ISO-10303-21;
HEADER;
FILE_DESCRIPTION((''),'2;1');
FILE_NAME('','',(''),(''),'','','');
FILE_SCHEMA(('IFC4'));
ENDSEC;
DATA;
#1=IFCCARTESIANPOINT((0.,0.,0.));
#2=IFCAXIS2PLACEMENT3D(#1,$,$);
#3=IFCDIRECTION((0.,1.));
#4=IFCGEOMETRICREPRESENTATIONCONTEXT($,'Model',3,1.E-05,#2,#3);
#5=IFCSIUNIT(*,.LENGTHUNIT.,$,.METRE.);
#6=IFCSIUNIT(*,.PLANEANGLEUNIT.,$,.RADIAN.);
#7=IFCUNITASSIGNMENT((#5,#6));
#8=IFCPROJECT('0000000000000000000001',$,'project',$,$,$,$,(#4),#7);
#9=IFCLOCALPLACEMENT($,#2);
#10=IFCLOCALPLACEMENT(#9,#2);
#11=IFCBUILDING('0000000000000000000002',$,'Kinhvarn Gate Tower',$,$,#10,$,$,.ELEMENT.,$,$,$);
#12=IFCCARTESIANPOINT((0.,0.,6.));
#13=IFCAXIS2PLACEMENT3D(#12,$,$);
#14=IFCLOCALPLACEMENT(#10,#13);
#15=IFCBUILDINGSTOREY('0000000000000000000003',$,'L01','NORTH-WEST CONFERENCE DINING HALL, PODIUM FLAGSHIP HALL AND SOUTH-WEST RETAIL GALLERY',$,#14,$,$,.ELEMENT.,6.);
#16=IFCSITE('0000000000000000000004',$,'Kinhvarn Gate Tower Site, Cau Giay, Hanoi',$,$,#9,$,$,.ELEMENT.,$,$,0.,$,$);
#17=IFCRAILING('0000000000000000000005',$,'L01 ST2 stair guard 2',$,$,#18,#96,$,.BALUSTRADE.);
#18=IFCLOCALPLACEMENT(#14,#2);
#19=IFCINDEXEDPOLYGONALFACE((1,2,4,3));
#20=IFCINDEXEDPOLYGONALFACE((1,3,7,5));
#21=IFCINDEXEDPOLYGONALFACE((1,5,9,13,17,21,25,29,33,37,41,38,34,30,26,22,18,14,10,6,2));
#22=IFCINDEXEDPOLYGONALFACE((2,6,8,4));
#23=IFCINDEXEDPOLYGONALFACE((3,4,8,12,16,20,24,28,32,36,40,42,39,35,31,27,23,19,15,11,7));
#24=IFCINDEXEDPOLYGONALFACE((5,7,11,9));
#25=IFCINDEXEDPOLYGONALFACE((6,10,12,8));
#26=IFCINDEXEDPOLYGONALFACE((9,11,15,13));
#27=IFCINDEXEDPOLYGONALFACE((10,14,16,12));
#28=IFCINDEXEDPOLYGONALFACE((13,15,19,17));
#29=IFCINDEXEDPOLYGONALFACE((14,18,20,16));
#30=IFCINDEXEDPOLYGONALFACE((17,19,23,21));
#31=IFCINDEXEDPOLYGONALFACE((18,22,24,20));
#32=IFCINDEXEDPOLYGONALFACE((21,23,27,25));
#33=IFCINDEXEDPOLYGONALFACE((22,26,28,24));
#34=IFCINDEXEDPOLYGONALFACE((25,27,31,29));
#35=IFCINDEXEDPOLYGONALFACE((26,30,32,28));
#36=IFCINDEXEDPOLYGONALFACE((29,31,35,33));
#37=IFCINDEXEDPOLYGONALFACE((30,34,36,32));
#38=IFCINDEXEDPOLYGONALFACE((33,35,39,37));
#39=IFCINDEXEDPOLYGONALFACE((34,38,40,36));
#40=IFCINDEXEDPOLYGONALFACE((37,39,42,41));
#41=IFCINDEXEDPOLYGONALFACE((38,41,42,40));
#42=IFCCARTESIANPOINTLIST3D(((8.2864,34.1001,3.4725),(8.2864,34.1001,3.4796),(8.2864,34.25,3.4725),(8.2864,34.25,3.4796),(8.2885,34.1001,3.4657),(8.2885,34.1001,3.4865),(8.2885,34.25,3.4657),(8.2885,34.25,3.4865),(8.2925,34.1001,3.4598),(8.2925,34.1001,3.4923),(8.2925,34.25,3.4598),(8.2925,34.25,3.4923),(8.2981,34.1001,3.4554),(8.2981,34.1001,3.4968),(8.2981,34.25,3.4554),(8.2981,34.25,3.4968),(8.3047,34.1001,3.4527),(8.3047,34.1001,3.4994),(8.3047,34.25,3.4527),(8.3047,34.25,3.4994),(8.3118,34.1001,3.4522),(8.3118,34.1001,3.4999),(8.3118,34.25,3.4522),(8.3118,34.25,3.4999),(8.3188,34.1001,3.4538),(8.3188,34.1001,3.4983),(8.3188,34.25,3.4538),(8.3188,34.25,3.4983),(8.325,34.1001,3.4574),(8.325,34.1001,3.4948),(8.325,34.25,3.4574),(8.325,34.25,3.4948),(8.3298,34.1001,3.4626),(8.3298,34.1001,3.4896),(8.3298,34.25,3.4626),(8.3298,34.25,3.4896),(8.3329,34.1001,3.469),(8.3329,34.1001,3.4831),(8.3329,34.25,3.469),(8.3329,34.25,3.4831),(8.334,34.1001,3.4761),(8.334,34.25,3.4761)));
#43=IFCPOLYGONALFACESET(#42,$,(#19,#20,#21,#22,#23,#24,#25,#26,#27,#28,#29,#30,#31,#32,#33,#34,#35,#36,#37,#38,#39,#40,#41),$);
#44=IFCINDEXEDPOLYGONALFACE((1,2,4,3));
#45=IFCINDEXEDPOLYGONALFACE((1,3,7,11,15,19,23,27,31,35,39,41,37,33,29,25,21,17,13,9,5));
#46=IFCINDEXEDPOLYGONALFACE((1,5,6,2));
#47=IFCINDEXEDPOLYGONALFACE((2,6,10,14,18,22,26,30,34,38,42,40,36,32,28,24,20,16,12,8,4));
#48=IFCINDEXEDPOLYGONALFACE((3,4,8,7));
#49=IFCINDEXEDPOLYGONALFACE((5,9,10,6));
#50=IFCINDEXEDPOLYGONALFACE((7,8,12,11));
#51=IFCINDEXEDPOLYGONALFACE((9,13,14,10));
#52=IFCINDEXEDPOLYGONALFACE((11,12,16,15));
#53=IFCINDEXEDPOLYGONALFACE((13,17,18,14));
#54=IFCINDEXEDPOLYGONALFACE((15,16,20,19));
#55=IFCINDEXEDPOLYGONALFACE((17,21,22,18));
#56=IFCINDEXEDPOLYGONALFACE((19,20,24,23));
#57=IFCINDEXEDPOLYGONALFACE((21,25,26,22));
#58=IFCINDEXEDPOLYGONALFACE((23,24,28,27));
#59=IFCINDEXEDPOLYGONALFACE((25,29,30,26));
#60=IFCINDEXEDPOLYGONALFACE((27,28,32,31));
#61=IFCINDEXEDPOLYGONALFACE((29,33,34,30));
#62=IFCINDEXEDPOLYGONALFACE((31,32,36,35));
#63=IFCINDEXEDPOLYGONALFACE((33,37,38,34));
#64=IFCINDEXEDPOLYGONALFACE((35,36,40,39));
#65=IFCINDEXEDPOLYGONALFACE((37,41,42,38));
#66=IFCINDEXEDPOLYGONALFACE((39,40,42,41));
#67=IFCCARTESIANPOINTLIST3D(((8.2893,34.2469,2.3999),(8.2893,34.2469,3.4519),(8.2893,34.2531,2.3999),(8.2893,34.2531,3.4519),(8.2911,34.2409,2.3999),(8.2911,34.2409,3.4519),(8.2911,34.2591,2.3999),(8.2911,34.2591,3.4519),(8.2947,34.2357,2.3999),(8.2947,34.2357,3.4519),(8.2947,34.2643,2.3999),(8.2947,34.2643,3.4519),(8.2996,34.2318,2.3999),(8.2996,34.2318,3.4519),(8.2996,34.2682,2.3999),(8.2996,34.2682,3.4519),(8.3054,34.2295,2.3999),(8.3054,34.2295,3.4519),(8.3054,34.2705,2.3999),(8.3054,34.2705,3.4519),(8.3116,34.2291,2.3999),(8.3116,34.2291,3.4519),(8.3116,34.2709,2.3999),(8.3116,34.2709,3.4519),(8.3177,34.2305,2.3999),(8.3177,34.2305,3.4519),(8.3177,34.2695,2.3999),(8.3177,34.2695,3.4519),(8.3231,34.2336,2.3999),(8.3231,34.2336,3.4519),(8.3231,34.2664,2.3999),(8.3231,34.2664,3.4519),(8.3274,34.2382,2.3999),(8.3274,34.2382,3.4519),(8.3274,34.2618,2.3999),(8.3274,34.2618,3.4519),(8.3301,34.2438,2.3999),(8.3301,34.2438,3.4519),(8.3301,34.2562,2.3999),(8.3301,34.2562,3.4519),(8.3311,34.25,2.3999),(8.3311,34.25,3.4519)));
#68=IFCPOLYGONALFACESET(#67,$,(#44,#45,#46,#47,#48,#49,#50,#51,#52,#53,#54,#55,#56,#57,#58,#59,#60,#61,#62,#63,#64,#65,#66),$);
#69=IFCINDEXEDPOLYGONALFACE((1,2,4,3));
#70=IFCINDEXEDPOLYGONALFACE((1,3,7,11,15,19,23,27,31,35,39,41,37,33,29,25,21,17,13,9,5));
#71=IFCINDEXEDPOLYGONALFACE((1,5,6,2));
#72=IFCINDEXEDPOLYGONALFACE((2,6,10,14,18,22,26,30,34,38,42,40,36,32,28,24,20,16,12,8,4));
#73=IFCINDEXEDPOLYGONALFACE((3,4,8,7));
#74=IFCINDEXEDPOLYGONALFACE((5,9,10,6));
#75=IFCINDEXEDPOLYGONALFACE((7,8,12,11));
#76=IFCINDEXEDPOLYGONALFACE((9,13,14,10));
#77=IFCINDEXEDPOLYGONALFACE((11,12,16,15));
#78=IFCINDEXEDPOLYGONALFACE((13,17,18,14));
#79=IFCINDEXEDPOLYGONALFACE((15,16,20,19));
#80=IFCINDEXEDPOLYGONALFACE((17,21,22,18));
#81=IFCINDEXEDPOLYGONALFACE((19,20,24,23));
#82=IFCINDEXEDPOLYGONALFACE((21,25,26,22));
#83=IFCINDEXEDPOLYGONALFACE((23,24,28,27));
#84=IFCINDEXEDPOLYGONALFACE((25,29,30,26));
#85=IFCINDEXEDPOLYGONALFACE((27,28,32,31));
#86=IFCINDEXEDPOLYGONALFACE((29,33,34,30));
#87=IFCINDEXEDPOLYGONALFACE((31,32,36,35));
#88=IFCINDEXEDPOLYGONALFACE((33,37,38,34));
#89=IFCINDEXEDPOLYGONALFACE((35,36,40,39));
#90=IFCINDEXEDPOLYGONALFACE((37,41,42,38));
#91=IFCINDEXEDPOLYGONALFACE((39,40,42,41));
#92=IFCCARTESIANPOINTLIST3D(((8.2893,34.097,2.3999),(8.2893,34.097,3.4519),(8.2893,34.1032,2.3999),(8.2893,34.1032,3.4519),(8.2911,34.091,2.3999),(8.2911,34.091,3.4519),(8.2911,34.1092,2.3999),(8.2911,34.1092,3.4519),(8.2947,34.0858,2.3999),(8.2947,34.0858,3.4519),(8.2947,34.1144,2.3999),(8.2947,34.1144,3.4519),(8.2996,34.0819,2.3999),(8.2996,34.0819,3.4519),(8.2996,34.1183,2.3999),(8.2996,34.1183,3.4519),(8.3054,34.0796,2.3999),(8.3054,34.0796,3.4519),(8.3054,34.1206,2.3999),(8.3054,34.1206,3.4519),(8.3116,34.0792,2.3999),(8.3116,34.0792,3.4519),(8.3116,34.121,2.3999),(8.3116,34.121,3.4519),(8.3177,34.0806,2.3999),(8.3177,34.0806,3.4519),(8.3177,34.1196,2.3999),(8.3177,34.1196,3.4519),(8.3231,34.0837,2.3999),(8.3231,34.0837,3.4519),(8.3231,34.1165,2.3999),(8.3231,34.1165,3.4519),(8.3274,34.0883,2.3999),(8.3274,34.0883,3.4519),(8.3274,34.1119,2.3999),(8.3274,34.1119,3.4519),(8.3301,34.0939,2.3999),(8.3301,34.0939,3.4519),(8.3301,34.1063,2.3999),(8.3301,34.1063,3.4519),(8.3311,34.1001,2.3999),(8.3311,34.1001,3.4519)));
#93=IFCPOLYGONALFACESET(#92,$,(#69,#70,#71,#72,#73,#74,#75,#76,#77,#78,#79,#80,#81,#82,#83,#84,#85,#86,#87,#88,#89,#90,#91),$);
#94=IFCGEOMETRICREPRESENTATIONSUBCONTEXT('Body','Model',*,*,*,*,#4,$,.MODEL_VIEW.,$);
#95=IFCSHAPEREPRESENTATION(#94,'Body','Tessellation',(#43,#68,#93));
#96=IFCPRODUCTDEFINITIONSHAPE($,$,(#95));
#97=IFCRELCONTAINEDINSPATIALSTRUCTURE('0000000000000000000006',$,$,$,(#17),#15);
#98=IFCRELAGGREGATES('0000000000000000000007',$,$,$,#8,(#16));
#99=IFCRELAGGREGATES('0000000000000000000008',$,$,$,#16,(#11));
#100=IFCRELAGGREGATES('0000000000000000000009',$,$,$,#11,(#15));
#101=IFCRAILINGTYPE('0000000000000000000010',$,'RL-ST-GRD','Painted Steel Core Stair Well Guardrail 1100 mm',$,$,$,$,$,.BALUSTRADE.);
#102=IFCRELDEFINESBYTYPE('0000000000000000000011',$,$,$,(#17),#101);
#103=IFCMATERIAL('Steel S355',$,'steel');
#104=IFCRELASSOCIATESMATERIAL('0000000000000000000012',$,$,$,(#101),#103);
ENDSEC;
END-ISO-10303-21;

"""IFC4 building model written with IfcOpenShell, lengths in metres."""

from ifc_helpers import new_model, si_unit, direction, frame, origin, origin_2d, place, context, subcontext, project, spatial, circle, extrude, material, type_object, element, save


model = new_model("IFC4")

# Units and contexts
model_context = context("Model", 3, precision=1e-05, world=origin(), true_north=direction((0.0, 1.0)))
body_context = subcontext(model_context, "Body", "Model", "MODEL_VIEW")
ifc_project = project(units=[si_unit("LENGTHUNIT", "METRE"), si_unit("PLANEANGLEUNIT", "RADIAN")], contexts=[model_context])

# Site, building, storey
site_placement = place(None, origin())
site = spatial("IfcSite", under=ifc_project, at=site_placement, Name="Kinhvarn Gate Tower Site, Cau Giay, Hanoi", CompositionType="ELEMENT", RefElevation=0.0)
building_placement = place(site_placement, origin())
building = spatial("IfcBuilding", under=site, at=building_placement, Name="Kinhvarn Gate Tower", CompositionType="ELEMENT")
storey_placement = place(building_placement, frame((0.0, 0.0, 6.0)))
storey = spatial("IfcBuildingStorey", under=building, at=storey_placement, Name="L01", Description="NORTH-WEST CONFERENCE DINING HALL, PODIUM FLAGSHIP HALL AND SOUTH-WEST RETAIL GALLERY", CompositionType="ELEMENT", Elevation=6.0)

# Shared definitions
ifc_material_1 = material(Name="Steel S355", Category="steel")

# Railing
railing_type = type_object("IfcRailingType", Name="RL-ST-GRD", Description="Painted Steel Core Stair Well Guardrail 1100 mm", PredefinedType="BALUSTRADE", material=ifc_material_1)
railing_1_placement = place(storey_placement, frame((8.3101, 34.25, 2.3999)))
element("IfcRailing", 1, at=railing_1_placement, inside=storey, type_object=railing_type, Name="L01 ST2 stair guard 2", PredefinedType="BALUSTRADE", context=body_context, shape_type="SweptSolid", body=[
    extrude(circle(Radius=0.0239, at=origin_2d()), frame((0.0, 0.0, 1.0762), z_axis=(0.0, -1.0, 0.0), x_axis=(1.0, 0.0, 0.0)), (0.0, 0.0, 1.0), 0.1499),
    extrude(circle(Radius=0.021, at=origin_2d()), origin(), (0.0, 0.0, 1.0), 1.052),
    extrude(circle(Radius=0.021, at=origin_2d()), frame((0.0, -0.1499, 0.0)), (0.0, 0.0, 1.0), 1.052),
])

save(model, "model.ifc")
